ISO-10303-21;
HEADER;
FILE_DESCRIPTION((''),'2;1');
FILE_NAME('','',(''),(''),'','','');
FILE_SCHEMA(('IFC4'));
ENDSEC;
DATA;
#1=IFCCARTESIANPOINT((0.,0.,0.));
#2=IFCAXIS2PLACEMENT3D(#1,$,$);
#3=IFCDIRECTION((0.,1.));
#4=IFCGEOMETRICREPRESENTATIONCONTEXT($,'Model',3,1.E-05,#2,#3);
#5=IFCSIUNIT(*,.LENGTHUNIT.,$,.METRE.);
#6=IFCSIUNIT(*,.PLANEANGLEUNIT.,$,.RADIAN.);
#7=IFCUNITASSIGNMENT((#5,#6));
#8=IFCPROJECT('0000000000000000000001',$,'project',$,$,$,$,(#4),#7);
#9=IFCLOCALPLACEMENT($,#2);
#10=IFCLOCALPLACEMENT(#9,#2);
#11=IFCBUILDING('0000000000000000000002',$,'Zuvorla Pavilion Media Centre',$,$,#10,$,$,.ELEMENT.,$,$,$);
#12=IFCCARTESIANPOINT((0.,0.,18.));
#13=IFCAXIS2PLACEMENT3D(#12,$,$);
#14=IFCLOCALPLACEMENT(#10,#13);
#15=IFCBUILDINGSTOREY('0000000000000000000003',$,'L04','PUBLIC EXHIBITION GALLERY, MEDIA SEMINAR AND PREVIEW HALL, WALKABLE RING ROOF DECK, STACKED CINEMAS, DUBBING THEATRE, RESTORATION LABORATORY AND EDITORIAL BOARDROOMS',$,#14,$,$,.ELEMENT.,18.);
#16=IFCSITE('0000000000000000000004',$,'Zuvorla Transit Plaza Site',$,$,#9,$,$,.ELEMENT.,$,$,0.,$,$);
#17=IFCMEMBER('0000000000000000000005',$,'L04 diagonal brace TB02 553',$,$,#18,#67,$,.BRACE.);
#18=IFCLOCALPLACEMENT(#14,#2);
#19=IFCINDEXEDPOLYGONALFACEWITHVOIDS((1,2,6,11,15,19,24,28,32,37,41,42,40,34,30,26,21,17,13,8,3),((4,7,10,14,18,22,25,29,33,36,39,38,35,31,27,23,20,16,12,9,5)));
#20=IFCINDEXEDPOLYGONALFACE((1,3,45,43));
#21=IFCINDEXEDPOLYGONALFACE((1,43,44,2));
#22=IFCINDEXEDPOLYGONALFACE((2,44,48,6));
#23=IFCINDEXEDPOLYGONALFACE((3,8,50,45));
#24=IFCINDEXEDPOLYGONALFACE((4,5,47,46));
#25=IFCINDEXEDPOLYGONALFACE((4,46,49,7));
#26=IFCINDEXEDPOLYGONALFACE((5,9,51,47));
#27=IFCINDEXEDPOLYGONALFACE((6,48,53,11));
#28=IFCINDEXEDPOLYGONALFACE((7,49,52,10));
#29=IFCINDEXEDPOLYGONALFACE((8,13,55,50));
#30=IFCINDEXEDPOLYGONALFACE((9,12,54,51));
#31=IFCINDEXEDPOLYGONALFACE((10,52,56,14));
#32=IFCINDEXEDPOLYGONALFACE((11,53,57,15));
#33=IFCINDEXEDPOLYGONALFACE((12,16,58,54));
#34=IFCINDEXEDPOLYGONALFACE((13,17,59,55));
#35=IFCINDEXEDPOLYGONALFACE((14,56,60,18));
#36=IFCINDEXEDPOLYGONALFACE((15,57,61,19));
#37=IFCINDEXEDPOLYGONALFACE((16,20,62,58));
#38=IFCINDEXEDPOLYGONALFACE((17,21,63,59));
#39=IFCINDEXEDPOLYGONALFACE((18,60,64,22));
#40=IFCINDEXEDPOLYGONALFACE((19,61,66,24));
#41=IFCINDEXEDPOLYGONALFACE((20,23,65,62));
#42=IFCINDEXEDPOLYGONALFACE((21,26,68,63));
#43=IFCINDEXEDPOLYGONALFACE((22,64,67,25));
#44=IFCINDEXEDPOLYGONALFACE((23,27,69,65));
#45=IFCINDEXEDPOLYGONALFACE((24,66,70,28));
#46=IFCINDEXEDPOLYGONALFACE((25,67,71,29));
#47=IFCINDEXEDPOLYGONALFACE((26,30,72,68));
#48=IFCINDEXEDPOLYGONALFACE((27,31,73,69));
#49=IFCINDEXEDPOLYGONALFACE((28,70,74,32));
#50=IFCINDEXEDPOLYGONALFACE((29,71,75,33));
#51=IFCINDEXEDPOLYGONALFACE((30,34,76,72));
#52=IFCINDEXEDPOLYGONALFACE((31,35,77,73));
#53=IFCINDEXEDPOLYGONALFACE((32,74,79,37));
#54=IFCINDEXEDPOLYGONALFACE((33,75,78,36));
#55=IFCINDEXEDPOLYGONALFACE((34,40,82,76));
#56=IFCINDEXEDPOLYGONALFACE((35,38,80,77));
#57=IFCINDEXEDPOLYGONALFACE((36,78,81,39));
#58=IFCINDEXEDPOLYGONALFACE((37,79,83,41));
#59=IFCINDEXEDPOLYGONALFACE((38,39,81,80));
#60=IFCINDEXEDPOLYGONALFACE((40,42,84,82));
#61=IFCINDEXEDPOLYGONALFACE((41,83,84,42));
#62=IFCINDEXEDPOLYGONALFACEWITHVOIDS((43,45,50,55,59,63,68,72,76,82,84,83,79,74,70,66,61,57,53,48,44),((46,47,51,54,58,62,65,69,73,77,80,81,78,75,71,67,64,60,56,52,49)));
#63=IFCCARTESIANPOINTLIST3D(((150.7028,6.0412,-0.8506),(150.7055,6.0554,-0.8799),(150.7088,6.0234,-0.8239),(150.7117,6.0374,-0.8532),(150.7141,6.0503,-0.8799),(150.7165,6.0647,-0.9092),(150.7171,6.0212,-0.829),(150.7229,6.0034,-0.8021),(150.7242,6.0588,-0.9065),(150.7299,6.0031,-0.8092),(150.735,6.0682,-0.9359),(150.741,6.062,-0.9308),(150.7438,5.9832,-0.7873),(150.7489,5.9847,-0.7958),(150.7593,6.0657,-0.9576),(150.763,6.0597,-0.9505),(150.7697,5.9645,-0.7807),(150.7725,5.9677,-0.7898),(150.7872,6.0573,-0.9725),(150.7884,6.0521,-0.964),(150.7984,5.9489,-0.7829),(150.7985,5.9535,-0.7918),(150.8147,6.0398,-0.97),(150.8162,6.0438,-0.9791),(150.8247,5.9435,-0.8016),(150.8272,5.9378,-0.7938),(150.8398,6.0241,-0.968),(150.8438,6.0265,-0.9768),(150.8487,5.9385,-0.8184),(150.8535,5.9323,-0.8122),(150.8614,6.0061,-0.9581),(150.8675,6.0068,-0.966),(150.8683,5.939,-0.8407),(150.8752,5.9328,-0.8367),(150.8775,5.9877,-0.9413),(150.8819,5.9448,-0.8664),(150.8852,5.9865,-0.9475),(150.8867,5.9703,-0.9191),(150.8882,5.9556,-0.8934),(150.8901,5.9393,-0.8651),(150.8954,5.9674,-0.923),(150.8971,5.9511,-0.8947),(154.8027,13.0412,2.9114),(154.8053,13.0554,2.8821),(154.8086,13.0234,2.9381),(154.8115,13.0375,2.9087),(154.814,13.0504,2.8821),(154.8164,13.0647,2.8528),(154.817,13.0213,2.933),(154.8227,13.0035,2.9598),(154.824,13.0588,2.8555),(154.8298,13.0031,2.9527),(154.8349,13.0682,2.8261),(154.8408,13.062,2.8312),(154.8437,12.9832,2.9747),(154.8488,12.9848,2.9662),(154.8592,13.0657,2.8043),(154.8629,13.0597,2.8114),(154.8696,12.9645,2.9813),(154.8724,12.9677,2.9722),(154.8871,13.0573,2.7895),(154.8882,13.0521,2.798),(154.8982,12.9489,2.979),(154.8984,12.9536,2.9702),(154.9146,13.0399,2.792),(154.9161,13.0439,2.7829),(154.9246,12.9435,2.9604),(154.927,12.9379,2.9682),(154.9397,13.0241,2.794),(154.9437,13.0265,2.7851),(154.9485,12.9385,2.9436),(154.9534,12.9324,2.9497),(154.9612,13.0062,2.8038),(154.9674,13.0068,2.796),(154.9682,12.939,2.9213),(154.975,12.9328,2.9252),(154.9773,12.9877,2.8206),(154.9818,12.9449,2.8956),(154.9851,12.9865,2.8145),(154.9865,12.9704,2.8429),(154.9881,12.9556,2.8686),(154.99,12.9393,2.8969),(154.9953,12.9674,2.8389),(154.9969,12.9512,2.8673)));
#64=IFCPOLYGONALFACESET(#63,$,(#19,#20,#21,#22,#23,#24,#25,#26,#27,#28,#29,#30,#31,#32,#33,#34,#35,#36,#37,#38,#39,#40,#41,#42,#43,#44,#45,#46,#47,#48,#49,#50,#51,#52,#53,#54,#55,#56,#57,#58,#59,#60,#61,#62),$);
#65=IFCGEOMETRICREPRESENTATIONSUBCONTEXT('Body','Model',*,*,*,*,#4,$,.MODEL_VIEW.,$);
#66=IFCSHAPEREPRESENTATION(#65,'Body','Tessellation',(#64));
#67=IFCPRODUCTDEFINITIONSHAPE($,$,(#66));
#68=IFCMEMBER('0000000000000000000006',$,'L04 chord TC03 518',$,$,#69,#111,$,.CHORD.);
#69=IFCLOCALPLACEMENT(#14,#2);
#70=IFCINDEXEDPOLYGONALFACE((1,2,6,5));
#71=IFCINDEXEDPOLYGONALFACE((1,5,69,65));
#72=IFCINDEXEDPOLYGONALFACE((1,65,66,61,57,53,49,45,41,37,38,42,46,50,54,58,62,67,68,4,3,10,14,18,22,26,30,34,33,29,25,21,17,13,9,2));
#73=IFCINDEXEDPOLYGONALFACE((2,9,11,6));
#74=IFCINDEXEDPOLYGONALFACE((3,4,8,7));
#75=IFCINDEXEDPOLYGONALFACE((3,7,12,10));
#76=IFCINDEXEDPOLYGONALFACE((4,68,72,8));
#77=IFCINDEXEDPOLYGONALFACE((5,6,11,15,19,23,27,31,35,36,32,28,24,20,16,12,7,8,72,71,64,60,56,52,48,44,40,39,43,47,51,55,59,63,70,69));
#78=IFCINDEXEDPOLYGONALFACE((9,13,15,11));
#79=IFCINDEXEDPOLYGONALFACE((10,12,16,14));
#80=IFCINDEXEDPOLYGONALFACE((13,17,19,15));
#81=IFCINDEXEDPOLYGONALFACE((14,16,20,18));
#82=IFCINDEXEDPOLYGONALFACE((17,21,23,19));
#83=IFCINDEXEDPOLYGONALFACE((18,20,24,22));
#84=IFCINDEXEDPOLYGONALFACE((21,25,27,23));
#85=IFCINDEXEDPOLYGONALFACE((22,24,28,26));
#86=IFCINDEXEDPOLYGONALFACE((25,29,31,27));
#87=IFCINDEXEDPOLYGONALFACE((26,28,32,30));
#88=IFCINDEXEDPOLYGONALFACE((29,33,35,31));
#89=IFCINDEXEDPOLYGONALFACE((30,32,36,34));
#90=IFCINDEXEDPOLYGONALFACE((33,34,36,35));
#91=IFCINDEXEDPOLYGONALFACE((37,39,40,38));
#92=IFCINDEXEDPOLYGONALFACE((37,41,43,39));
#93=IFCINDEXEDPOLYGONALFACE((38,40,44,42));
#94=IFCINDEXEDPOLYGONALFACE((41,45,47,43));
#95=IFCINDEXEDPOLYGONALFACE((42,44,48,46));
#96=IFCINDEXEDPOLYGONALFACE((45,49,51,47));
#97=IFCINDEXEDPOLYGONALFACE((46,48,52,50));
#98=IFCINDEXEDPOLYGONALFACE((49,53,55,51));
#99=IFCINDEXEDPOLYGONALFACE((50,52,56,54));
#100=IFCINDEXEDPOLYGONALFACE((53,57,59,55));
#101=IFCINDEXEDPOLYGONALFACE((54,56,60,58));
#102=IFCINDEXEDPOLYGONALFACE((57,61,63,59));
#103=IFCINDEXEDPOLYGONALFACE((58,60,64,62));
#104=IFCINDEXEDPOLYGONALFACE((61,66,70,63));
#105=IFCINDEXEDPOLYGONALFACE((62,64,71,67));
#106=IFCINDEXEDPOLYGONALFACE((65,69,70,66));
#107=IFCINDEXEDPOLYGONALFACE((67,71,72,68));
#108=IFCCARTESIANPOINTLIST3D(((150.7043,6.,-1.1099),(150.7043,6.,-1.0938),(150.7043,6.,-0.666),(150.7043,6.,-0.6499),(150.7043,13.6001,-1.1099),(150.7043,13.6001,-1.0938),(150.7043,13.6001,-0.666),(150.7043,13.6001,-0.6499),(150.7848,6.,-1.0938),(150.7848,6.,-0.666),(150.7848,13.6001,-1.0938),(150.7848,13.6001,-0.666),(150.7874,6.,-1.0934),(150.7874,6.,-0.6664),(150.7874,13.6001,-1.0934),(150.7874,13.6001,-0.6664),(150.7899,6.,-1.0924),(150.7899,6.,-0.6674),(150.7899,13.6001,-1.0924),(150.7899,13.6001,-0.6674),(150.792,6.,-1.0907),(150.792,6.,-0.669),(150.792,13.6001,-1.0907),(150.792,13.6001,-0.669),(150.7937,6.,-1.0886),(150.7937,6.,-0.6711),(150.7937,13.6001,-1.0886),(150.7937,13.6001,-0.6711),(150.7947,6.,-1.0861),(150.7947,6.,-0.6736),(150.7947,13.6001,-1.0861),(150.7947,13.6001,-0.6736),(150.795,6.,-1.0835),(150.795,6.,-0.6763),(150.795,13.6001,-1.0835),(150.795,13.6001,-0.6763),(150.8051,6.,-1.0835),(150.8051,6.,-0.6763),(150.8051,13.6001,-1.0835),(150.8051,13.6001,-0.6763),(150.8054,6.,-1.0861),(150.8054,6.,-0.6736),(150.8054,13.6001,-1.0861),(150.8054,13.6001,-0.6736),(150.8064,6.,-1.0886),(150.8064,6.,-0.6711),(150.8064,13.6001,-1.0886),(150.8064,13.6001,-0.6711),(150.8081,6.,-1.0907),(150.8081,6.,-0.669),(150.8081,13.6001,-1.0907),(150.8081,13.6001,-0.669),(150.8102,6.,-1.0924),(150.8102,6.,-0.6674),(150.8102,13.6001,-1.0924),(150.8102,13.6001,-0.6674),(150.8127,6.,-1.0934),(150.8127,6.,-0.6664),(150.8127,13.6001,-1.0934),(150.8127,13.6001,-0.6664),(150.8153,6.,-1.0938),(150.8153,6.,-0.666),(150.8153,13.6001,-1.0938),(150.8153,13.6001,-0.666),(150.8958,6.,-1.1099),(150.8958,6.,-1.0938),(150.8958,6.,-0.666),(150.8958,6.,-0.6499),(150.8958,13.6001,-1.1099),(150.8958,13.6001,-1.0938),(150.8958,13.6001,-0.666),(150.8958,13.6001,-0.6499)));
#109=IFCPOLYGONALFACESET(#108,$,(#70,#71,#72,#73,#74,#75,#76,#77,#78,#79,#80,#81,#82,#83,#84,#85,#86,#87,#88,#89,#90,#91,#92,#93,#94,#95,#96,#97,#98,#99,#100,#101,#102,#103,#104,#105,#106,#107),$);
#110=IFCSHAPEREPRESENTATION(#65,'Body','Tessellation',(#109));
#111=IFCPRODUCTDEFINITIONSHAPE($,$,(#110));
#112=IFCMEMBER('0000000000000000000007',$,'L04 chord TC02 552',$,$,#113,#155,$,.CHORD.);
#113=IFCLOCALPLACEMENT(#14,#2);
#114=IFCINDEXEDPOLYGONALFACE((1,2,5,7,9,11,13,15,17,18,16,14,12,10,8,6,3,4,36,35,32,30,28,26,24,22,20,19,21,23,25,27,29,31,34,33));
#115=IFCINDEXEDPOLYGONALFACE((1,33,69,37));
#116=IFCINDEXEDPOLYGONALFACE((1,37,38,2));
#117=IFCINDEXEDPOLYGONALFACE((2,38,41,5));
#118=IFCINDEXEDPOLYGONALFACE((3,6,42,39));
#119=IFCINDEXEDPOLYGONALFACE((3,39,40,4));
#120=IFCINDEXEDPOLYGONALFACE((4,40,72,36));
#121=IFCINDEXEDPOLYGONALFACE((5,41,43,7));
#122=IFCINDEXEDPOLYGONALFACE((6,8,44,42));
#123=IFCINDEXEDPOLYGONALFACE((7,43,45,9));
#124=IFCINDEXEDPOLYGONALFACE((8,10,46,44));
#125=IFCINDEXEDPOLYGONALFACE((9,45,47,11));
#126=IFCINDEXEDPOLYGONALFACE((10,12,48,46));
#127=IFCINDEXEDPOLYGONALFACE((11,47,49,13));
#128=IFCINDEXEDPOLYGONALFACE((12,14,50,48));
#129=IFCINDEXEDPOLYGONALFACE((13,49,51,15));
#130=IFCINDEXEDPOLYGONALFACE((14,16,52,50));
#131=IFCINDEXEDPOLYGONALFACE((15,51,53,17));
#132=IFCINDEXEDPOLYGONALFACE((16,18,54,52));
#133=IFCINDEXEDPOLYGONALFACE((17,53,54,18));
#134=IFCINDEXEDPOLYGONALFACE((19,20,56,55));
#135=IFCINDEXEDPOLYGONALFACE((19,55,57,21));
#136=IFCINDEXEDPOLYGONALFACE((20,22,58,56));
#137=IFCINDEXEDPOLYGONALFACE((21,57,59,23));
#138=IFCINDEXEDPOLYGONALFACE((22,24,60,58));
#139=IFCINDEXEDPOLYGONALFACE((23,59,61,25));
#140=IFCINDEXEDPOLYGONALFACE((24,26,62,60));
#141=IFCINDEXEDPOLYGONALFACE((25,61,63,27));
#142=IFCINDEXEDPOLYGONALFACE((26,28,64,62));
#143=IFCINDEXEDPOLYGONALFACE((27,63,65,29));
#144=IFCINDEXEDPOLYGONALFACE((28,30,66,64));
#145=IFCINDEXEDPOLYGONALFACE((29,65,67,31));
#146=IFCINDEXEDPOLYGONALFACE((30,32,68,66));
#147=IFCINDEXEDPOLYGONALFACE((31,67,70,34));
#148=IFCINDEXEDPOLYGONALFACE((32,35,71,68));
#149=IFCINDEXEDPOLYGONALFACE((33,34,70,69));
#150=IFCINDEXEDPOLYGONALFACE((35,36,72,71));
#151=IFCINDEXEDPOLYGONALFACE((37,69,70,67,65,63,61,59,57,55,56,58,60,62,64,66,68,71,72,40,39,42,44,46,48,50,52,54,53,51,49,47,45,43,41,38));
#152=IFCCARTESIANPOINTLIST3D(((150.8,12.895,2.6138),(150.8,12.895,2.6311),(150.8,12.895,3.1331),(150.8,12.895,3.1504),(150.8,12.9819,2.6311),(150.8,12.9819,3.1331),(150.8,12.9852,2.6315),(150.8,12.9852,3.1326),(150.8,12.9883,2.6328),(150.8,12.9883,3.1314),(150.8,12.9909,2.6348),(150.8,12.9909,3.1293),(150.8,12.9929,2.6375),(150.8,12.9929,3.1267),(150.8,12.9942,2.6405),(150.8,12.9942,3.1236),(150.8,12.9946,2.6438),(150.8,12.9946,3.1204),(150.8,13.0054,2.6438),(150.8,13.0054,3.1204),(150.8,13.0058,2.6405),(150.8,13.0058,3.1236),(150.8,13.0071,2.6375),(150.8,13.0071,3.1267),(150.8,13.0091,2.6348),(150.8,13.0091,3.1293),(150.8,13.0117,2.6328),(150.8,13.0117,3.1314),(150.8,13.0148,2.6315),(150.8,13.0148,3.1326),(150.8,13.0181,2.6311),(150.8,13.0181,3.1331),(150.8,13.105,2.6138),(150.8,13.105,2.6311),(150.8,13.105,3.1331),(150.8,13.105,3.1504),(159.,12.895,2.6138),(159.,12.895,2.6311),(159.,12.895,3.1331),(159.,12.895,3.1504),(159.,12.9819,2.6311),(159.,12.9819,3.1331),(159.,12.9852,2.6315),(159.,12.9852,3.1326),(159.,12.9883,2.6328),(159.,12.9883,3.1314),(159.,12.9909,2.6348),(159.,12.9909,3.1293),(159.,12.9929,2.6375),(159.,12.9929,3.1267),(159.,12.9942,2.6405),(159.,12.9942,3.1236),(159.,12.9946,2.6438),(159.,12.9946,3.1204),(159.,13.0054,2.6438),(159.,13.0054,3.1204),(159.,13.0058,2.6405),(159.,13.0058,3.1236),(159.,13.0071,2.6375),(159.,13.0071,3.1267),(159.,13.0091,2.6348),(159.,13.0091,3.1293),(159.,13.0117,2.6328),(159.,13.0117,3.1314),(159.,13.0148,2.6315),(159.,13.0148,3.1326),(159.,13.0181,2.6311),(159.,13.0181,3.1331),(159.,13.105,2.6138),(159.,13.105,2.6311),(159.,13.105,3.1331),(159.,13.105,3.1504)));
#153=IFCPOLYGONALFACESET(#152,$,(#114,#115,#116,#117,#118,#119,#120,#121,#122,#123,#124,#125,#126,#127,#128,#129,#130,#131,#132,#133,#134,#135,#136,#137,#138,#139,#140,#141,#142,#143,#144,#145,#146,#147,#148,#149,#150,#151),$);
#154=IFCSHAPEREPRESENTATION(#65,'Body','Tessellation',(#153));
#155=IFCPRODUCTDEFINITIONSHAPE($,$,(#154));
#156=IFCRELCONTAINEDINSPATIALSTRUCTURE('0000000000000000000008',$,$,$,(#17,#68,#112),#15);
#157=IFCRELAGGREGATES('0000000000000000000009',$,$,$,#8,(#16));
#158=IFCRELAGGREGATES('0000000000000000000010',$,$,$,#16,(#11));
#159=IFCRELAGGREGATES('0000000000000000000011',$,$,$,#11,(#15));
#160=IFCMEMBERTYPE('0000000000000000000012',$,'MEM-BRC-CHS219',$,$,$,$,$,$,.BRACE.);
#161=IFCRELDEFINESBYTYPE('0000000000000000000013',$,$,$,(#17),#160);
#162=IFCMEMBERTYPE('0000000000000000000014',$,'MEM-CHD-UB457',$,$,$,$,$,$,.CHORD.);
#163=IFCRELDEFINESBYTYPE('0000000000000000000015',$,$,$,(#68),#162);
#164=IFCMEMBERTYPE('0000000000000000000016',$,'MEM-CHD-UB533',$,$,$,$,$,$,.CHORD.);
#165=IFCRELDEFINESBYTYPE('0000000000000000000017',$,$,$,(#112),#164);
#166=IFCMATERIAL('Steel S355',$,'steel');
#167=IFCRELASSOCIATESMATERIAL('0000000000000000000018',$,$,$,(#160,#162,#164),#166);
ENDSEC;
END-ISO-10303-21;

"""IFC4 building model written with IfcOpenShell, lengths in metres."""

from ifc_helpers import new_model, si_unit, direction, frame, origin, origin_2d, place, context, subcontext, project, spatial, hollow_circle, i_section, extrude, material, material_profile, profile_set, type_object, element, save


model = new_model("IFC4")

# Units and contexts
model_context = context("Model", 3, precision=1e-05, world=origin(), true_north=direction((0.0, 1.0)))
body_context = subcontext(model_context, "Body", "Model", "MODEL_VIEW")
ifc_project = project(units=[si_unit("LENGTHUNIT", "METRE"), si_unit("PLANEANGLEUNIT", "RADIAN")], contexts=[model_context])

# Site, building, storey
site_placement = place(None, origin())
site = spatial("IfcSite", under=ifc_project, at=site_placement, Name="Zuvorla Transit Plaza Site", CompositionType="ELEMENT", RefElevation=0.0)
building_placement = place(site_placement, origin())
building = spatial("IfcBuilding", under=site, at=building_placement, Name="Zuvorla Pavilion Media Centre", CompositionType="ELEMENT")
storey_placement = place(building_placement, frame((0.0, 0.0, 18.0)))
storey = spatial("IfcBuildingStorey", under=building, at=storey_placement, Name="L04", Description="PUBLIC EXHIBITION GALLERY, MEDIA SEMINAR AND PREVIEW HALL, WALKABLE RING ROOF DECK, STACKED CINEMAS, DUBBING THEATRE, RESTORATION LABORATORY AND EDITORIAL BOARDROOMS", CompositionType="ELEMENT", Elevation=18.0)

# Shared definitions
ifc_material_1 = material(Name="Steel S355", Category="steel")

# Members
ifc_material_profile_1 = material_profile(ifc_material_1, hollow_circle(Radius=0.1096, WallThickness=0.01, at=origin_2d()), Name="CHS 219.1x10")
ifc_profile_set_1 = profile_set([ifc_material_profile_1], Name="Steel S355")
member_type_1 = type_object("IfcMemberType", Name="MEM-BRC-CHS219", PredefinedType="BRACE", material=ifc_profile_set_1)
member_1_placement = place(storey_placement, frame((150.8, 6.0, -0.8799), z_axis=(0.458489, 0.782814, 0.420702), x_axis=(-0.862891, 0.50539, 0.0)))
element("IfcMember", 1, at=member_1_placement, inside=storey, type_object=member_type_1, Name="L04 diagonal brace TB02 553", PredefinedType="BRACE", context=body_context, shape_type="SweptSolid", body=[
    extrude(hollow_circle(Radius=0.1096, WallThickness=0.01, at=origin_2d()), origin(), (0.0, 0.0, 1.0), 8.9421),
])
ifc_material_profile_2 = material_profile(ifc_material_1, i_section(OverallWidth=0.1914, OverallDepth=0.46, WebThickness=0.01, FlangeThickness=0.0161, FilletRadius=0.0103, at=origin_2d()), Name="UB 457x191x82")
ifc_profile_set_2 = profile_set([ifc_material_profile_2], Name="Steel S355")
member_type_2 = type_object("IfcMemberType", Name="MEM-CHD-UB457", PredefinedType="CHORD", material=ifc_profile_set_2)
member_2_placement = place(storey_placement, frame((150.8, 6.0, -0.8799), z_axis=(0.0, 1.0, 0.0), x_axis=(-1.0, 0.0, 0.0)))
element("IfcMember", 2, at=member_2_placement, inside=storey, type_object=member_type_2, Name="L04 chord TC03 518", PredefinedType="CHORD", context=body_context, shape_type="SweptSolid", body=[
    extrude(i_section(OverallWidth=0.1914, OverallDepth=0.46, WebThickness=0.01, FlangeThickness=0.0161, FilletRadius=0.0103, at=origin_2d()), origin(), (0.0, 0.0, 1.0), 7.6001),
])
ifc_material_profile_3 = material_profile(ifc_material_1, i_section(OverallWidth=0.21, OverallDepth=0.5366, WebThickness=0.0107, FlangeThickness=0.0173, FilletRadius=0.0127, at=origin_2d()), Name="UB 533x210x101")
ifc_profile_set_3 = profile_set([ifc_material_profile_3], Name="Steel S355")
member_type_3 = type_object("IfcMemberType", Name="MEM-CHD-UB533", PredefinedType="CHORD", material=ifc_profile_set_3)
member_3_placement = place(storey_placement, frame((150.8, 13.0, 2.8821), z_axis=(1.0, 0.0, 0.0), x_axis=(0.0, 1.0, 0.0)))
element("IfcMember", 3, at=member_3_placement, inside=storey, type_object=member_type_3, Name="L04 chord TC02 552", PredefinedType="CHORD", context=body_context, shape_type="SweptSolid", body=[
    extrude(i_section(OverallWidth=0.21, OverallDepth=0.5366, WebThickness=0.0107, FlangeThickness=0.0173, FilletRadius=0.0127, at=origin_2d()), origin(), (0.0, 0.0, 1.0), 8.2),
])

save(model, "model.ifc")
